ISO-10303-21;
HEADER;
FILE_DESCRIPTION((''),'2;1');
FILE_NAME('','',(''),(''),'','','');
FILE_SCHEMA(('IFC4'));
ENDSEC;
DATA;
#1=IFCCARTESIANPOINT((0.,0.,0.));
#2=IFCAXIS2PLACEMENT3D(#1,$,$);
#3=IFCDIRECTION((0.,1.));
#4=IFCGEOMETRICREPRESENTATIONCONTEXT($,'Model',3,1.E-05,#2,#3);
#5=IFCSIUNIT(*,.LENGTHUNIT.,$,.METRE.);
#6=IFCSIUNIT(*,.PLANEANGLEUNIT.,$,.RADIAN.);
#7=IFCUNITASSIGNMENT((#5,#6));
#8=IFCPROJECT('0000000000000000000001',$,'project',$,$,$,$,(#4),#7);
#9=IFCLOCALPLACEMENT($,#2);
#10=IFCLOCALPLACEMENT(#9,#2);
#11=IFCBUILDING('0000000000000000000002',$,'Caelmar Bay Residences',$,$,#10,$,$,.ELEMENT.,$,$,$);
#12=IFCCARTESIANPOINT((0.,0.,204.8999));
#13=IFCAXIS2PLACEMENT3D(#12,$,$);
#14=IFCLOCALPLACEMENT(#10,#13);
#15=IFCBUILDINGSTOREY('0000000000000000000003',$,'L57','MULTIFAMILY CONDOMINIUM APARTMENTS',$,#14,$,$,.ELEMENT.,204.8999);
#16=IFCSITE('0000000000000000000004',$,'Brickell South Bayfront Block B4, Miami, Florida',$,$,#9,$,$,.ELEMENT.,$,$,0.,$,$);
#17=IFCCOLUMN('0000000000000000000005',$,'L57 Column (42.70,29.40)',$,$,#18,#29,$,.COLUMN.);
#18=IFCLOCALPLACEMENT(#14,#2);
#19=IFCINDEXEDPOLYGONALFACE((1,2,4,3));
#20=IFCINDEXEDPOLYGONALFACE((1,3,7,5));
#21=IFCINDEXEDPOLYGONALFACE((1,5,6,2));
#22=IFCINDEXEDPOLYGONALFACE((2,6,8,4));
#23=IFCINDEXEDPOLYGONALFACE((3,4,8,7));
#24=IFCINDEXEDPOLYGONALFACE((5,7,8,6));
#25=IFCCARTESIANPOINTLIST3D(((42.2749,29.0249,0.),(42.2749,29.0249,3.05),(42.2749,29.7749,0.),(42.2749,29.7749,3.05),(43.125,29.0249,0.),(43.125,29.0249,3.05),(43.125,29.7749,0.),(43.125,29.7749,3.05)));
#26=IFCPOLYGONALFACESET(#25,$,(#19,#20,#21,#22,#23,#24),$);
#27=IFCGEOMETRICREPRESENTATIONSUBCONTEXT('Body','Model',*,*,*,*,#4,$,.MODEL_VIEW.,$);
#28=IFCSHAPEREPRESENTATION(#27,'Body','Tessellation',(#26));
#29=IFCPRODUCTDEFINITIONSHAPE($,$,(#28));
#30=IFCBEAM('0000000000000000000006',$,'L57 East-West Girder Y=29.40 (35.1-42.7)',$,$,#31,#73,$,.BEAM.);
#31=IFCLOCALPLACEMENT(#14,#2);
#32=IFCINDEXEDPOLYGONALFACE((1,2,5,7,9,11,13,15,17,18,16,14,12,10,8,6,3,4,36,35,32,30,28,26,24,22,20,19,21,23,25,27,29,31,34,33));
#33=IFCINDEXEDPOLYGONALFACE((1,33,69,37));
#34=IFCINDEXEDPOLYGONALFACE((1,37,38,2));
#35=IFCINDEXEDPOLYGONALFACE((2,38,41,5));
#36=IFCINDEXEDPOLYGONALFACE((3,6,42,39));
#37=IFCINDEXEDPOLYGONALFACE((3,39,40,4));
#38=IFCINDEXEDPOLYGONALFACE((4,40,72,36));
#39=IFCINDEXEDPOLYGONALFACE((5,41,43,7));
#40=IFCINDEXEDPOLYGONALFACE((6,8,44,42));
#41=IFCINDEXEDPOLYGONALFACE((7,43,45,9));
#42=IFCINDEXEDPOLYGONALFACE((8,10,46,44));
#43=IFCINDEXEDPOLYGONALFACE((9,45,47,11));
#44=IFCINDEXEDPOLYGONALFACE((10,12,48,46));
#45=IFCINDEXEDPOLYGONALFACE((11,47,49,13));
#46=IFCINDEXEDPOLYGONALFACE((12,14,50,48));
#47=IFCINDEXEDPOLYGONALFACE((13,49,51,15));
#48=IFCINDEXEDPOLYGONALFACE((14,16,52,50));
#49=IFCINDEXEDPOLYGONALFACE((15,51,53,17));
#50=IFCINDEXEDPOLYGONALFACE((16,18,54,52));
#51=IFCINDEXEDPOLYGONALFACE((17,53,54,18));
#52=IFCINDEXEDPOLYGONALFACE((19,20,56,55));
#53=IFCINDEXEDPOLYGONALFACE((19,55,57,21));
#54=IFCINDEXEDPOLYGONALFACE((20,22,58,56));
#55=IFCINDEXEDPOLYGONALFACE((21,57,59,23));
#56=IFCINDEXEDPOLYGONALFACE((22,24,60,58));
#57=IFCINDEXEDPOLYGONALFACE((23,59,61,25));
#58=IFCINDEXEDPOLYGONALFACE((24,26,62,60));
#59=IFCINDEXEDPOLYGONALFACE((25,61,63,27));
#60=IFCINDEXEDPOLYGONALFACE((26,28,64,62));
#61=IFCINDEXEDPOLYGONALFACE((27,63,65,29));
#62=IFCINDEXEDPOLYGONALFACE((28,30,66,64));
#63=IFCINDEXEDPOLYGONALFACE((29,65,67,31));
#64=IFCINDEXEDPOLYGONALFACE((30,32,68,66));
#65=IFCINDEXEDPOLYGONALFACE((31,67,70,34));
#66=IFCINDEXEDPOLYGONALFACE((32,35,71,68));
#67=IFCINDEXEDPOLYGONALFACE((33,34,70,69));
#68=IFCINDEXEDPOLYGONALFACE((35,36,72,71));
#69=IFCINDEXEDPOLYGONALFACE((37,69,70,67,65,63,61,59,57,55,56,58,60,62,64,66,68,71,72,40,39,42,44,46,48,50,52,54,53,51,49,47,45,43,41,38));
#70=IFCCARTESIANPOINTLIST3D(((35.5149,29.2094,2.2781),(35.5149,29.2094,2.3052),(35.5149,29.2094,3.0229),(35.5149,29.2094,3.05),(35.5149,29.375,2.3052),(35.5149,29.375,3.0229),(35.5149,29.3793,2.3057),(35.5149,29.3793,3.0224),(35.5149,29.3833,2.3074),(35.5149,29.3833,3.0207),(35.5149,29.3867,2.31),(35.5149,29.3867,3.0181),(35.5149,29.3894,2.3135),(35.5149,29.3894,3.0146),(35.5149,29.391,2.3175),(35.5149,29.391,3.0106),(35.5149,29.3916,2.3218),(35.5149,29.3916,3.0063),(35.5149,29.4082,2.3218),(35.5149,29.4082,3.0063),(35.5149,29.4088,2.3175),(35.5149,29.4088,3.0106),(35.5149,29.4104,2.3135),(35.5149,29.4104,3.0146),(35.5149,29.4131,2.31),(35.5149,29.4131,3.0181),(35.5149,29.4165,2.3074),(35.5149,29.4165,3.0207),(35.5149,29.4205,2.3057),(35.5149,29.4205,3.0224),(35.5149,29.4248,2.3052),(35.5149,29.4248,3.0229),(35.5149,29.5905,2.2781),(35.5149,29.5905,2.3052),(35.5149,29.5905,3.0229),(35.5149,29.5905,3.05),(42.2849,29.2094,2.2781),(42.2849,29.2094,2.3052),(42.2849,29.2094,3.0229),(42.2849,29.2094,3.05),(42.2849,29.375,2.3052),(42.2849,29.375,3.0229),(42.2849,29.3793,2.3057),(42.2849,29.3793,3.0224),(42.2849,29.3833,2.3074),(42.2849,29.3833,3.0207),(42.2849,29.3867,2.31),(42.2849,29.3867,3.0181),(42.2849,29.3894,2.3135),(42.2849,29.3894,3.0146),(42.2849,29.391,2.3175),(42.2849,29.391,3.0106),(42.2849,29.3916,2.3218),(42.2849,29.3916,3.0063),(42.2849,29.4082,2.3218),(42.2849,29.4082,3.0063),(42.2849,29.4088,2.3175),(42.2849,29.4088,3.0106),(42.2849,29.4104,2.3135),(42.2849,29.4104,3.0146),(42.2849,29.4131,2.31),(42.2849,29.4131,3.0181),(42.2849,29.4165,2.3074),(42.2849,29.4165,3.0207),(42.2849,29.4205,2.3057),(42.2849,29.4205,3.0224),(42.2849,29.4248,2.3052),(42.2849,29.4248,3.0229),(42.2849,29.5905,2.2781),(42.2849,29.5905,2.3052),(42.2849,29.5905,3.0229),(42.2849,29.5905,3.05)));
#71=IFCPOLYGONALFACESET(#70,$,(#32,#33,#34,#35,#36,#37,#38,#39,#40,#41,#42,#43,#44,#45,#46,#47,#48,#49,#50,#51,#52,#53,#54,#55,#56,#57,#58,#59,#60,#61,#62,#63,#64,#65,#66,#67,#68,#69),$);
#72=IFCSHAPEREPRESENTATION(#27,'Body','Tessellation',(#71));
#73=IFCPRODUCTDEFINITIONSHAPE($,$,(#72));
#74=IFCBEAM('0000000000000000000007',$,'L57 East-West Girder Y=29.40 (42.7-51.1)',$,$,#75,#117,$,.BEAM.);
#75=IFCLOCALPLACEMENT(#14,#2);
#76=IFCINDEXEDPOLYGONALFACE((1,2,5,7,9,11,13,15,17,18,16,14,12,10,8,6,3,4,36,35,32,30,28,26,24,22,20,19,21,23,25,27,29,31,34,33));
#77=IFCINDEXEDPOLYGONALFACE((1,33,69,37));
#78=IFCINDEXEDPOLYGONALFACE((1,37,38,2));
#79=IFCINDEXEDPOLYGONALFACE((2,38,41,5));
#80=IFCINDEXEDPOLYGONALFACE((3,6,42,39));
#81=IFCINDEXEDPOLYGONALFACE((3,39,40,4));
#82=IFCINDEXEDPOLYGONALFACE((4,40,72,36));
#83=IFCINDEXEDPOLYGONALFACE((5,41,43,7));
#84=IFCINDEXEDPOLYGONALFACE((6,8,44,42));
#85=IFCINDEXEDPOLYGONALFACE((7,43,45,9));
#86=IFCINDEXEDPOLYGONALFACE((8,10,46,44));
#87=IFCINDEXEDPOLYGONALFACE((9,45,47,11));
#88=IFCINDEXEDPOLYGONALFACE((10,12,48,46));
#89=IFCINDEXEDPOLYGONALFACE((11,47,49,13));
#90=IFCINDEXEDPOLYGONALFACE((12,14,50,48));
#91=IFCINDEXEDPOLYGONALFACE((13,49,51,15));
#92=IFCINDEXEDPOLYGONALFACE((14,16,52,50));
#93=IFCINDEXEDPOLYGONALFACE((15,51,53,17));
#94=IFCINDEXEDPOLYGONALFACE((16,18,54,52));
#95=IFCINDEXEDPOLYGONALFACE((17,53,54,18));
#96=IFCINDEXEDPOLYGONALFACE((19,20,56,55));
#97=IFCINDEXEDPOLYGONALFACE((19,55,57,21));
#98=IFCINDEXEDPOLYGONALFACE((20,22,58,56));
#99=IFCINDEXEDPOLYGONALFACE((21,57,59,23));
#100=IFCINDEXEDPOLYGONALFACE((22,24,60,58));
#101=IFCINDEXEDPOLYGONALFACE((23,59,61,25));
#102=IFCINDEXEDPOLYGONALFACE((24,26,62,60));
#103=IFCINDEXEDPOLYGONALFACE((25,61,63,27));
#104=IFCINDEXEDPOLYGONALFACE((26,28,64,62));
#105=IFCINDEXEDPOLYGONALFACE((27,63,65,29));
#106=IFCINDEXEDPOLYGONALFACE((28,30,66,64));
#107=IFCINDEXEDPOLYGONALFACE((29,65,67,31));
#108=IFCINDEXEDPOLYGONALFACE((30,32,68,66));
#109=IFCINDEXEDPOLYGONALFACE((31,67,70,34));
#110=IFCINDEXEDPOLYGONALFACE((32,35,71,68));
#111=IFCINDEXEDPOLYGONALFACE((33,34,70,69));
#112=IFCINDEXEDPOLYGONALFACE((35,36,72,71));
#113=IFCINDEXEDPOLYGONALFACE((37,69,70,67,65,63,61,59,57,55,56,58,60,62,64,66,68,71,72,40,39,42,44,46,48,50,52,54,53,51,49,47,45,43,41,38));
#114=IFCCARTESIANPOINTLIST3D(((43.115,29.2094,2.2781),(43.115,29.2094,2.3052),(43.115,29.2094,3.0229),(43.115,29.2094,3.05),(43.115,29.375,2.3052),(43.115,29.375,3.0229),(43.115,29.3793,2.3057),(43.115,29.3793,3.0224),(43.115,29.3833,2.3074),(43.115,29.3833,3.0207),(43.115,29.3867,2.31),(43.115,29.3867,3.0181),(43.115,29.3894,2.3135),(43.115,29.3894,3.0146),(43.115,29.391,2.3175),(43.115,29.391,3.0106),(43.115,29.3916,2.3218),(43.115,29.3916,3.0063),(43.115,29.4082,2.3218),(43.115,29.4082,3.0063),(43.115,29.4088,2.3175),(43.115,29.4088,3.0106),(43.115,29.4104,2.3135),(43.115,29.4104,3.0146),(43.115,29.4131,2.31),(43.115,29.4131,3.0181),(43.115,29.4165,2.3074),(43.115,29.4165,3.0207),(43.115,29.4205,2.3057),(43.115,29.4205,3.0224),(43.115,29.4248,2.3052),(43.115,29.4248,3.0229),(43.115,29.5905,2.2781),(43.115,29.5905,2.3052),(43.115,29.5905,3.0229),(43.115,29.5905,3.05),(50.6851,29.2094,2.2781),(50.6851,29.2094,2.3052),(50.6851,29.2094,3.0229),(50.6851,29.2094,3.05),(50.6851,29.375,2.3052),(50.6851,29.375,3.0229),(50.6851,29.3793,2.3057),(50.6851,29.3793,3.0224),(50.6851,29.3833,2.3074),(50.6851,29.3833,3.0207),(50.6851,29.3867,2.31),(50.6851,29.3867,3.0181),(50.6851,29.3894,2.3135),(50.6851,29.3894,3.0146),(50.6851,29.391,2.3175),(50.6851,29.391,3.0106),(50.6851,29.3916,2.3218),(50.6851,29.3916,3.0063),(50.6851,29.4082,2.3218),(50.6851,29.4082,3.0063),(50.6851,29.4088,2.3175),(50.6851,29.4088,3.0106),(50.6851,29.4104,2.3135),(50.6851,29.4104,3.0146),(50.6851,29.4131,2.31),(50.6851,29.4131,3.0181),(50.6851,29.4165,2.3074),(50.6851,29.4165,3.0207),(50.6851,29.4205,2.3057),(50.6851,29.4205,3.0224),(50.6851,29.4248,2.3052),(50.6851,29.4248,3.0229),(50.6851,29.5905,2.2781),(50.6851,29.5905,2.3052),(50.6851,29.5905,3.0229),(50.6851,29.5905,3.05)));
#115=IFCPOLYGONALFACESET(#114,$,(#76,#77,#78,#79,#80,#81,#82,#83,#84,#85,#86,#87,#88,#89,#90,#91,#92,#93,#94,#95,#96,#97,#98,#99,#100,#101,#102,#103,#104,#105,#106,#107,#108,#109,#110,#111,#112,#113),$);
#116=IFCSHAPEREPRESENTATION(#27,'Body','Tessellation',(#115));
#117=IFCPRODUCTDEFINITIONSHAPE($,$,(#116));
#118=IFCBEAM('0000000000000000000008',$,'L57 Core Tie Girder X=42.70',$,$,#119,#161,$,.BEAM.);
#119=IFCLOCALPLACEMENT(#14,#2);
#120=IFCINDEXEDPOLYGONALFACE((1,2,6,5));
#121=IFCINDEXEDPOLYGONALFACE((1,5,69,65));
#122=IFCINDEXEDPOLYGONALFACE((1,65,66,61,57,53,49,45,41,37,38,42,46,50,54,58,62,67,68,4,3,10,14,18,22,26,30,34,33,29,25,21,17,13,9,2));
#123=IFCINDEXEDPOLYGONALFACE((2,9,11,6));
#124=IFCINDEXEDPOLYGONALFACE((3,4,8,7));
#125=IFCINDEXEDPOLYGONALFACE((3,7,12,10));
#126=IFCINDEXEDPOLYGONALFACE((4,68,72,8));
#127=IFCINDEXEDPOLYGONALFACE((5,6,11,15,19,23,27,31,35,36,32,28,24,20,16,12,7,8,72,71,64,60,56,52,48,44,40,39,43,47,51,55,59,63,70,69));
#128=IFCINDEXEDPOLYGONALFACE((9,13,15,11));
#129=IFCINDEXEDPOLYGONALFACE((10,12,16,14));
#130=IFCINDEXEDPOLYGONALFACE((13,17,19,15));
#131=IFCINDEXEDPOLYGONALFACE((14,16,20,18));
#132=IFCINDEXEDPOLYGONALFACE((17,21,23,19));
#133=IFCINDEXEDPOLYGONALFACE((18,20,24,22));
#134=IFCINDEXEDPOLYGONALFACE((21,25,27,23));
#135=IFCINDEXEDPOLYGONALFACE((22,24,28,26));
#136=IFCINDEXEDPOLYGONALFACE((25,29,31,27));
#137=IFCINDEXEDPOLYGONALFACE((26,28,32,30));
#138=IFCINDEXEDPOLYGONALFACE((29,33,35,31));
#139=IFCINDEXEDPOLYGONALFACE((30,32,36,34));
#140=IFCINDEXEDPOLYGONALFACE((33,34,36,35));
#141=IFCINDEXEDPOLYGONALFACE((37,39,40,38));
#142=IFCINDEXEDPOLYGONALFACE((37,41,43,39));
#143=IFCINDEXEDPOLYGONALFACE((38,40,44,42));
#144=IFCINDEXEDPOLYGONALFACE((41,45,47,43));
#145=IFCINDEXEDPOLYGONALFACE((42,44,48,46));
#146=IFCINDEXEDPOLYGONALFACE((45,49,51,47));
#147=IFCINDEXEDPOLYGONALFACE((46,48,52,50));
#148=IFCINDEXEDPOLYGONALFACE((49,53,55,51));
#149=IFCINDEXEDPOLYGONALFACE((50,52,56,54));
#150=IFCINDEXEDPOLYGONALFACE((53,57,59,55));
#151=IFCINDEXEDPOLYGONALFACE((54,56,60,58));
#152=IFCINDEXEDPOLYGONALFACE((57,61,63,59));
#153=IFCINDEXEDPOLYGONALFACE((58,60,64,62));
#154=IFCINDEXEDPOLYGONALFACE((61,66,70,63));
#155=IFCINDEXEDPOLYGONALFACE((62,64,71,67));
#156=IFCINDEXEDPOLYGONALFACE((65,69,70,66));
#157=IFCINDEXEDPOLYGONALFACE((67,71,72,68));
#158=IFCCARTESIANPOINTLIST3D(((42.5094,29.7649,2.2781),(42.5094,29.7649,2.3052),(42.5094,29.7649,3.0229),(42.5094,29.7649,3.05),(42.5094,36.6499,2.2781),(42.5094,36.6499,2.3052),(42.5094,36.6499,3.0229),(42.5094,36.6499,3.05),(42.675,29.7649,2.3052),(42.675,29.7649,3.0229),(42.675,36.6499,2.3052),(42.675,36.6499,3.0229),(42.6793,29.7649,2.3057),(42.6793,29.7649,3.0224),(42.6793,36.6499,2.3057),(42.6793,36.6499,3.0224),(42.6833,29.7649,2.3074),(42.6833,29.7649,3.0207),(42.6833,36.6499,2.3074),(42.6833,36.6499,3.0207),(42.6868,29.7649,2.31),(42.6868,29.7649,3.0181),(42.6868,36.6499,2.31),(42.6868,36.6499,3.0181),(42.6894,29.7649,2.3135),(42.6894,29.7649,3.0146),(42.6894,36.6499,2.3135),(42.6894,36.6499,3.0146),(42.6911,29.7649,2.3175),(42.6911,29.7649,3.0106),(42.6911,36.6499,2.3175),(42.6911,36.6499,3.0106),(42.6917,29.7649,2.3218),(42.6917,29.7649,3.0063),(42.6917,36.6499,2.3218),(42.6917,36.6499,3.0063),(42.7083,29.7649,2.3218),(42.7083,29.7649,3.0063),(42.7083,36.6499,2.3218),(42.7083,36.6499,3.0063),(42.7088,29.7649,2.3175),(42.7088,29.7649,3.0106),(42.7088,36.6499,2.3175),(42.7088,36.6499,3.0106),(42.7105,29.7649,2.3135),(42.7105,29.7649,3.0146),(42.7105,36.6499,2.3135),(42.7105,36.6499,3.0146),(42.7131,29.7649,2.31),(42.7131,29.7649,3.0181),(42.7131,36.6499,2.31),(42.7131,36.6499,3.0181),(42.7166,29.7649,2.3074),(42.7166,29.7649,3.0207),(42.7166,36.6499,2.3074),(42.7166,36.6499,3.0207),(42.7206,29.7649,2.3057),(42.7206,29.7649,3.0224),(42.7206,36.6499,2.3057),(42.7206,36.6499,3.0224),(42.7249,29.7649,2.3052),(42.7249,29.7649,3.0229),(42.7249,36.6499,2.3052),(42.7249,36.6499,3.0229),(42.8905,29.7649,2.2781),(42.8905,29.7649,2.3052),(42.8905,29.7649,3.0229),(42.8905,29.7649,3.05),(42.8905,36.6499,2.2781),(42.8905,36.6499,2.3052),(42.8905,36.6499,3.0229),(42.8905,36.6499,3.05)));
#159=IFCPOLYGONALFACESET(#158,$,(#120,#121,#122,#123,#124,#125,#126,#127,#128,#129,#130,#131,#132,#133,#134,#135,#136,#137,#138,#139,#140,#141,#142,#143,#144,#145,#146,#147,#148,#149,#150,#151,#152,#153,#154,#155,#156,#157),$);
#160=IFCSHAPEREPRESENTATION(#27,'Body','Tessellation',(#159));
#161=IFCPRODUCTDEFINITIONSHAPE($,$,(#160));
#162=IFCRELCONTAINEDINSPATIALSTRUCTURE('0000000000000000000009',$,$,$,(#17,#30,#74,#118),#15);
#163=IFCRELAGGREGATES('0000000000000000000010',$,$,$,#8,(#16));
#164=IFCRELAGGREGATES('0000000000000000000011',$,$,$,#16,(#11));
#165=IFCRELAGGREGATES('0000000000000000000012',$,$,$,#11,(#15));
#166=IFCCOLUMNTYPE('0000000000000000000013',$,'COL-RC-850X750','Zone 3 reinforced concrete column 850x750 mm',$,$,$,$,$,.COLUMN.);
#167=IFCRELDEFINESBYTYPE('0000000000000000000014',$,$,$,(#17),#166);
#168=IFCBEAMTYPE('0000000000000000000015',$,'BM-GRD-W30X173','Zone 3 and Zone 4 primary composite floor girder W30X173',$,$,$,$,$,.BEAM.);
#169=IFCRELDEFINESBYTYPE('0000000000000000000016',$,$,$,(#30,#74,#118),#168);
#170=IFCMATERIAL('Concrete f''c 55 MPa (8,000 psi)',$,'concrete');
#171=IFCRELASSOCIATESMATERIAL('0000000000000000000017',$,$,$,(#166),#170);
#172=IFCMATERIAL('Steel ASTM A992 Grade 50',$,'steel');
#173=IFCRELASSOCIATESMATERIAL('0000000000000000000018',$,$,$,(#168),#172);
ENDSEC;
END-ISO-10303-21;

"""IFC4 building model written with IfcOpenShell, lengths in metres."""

from ifc_helpers import new_model, si_unit, direction, frame, origin, origin_2d, place, context, subcontext, project, spatial, rectangle, i_section, extrude, material, material_profile, profile_set, type_object, element, save


model = new_model("IFC4")

# Units and contexts
model_context = context("Model", 3, precision=1e-05, world=origin(), true_north=direction((0.0, 1.0)))
body_context = subcontext(model_context, "Body", "Model", "MODEL_VIEW")
ifc_project = project(units=[si_unit("LENGTHUNIT", "METRE"), si_unit("PLANEANGLEUNIT", "RADIAN")], contexts=[model_context])

# Site, building, storey
site_placement = place(None, origin())
site = spatial("IfcSite", under=ifc_project, at=site_placement, Name="Brickell South Bayfront Block B4, Miami, Florida", CompositionType="ELEMENT", RefElevation=0.0)
building_placement = place(site_placement, origin())
building = spatial("IfcBuilding", under=site, at=building_placement, Name="Caelmar Bay Residences", CompositionType="ELEMENT")
storey_placement = place(building_placement, frame((0.0, 0.0, 204.8999)))
storey = spatial("IfcBuildingStorey", under=building, at=storey_placement, Name="L57", Description="MULTIFAMILY CONDOMINIUM APARTMENTS", CompositionType="ELEMENT", Elevation=204.8999)

# Column
ifc_material_1 = material(Name="Concrete f'c 55 MPa (8,000 psi)", Category="concrete")
ifc_material_profile_1 = material_profile(ifc_material_1, rectangle(XDim=0.8501, YDim=0.75, at=origin_2d()), Name="RC-COL-850X750")
ifc_profile_set_1 = profile_set([ifc_material_profile_1], Name="Concrete f'c 55 MPa (8,000 psi)")
column_type = type_object("IfcColumnType", Name="COL-RC-850X750", Description="Zone 3 reinforced concrete column 850x750 mm", PredefinedType="COLUMN", material=ifc_profile_set_1)
column_placement = place(storey_placement, frame((42.7, 29.3999, 0.0), z_axis=(0.0, 0.0, 1.0), x_axis=(1.0, 0.0, 0.0)))
element("IfcColumn", 1, at=column_placement, inside=storey, type_object=column_type, Name="L57 Column (42.70,29.40)", PredefinedType="COLUMN", context=body_context, shape_type="SweptSolid", body=[
    extrude(rectangle(XDim=0.8501, YDim=0.75, at=origin_2d()), origin(), (0.0, 0.0, 1.0), 3.05),
])

# Beams
ifc_material_2 = material(Name="Steel ASTM A992 Grade 50", Category="steel")
ifc_material_profile_2 = material_profile(ifc_material_2, i_section(OverallWidth=0.3811, OverallDepth=0.772, WebThickness=0.0166, FlangeThickness=0.0271, FilletRadius=0.0166, at=origin_2d()), Name="W30X173")
ifc_profile_set_2 = profile_set([ifc_material_profile_2], Name="Steel ASTM A992 Grade 50")
beam_type_1 = type_object("IfcBeamType", Name="BM-GRD-W30X173", Description="Zone 3 and Zone 4 primary composite floor girder W30X173", PredefinedType="BEAM", material=ifc_profile_set_2)
beam_1_placement = place(storey_placement, frame((35.5149, 29.3999, 2.6641), z_axis=(1.0, 0.0, 0.0), x_axis=(0.0, 1.0, 0.0)))
element("IfcBeam", 2, at=beam_1_placement, inside=storey, type_object=beam_type_1, Name="L57 East-West Girder Y=29.40 (35.1-42.7)", PredefinedType="BEAM", context=body_context, shape_type="SweptSolid", body=[
    extrude(i_section(OverallWidth=0.3811, OverallDepth=0.772, WebThickness=0.0166, FlangeThickness=0.0271, FilletRadius=0.0166, at=origin_2d()), origin(), (0.0, 0.0, 1.0), 6.77),
])
beam_2_placement = place(storey_placement, frame((43.115, 29.3999, 2.6641), z_axis=(1.0, 0.0, 0.0), x_axis=(0.0, 1.0, 0.0)))
element("IfcBeam", 3, at=beam_2_placement, inside=storey, type_object=beam_type_1, Name="L57 East-West Girder Y=29.40 (42.7-51.1)", PredefinedType="BEAM", context=body_context, shape_type="SweptSolid", body=[
    extrude(i_section(OverallWidth=0.3811, OverallDepth=0.772, WebThickness=0.0166, FlangeThickness=0.0271, FilletRadius=0.0166, at=origin_2d()), origin(), (0.0, 0.0, 1.0), 7.5701),
])
beam_3_placement = place(storey_placement, frame((42.7, 29.7649, 2.6641), z_axis=(0.0, 1.0, 0.0), x_axis=(-1.0, 0.0, 0.0)))
element("IfcBeam", 4, at=beam_3_placement, inside=storey, type_object=beam_type_1, Name="L57 Core Tie Girder X=42.70", PredefinedType="BEAM", context=body_context, shape_type="SweptSolid", body=[
    extrude(i_section(OverallWidth=0.3811, OverallDepth=0.772, WebThickness=0.0166, FlangeThickness=0.0271, FilletRadius=0.0166, at=origin_2d()), origin(), (0.0, 0.0, 1.0), 6.885),
])

save(model, "model.ifc")
